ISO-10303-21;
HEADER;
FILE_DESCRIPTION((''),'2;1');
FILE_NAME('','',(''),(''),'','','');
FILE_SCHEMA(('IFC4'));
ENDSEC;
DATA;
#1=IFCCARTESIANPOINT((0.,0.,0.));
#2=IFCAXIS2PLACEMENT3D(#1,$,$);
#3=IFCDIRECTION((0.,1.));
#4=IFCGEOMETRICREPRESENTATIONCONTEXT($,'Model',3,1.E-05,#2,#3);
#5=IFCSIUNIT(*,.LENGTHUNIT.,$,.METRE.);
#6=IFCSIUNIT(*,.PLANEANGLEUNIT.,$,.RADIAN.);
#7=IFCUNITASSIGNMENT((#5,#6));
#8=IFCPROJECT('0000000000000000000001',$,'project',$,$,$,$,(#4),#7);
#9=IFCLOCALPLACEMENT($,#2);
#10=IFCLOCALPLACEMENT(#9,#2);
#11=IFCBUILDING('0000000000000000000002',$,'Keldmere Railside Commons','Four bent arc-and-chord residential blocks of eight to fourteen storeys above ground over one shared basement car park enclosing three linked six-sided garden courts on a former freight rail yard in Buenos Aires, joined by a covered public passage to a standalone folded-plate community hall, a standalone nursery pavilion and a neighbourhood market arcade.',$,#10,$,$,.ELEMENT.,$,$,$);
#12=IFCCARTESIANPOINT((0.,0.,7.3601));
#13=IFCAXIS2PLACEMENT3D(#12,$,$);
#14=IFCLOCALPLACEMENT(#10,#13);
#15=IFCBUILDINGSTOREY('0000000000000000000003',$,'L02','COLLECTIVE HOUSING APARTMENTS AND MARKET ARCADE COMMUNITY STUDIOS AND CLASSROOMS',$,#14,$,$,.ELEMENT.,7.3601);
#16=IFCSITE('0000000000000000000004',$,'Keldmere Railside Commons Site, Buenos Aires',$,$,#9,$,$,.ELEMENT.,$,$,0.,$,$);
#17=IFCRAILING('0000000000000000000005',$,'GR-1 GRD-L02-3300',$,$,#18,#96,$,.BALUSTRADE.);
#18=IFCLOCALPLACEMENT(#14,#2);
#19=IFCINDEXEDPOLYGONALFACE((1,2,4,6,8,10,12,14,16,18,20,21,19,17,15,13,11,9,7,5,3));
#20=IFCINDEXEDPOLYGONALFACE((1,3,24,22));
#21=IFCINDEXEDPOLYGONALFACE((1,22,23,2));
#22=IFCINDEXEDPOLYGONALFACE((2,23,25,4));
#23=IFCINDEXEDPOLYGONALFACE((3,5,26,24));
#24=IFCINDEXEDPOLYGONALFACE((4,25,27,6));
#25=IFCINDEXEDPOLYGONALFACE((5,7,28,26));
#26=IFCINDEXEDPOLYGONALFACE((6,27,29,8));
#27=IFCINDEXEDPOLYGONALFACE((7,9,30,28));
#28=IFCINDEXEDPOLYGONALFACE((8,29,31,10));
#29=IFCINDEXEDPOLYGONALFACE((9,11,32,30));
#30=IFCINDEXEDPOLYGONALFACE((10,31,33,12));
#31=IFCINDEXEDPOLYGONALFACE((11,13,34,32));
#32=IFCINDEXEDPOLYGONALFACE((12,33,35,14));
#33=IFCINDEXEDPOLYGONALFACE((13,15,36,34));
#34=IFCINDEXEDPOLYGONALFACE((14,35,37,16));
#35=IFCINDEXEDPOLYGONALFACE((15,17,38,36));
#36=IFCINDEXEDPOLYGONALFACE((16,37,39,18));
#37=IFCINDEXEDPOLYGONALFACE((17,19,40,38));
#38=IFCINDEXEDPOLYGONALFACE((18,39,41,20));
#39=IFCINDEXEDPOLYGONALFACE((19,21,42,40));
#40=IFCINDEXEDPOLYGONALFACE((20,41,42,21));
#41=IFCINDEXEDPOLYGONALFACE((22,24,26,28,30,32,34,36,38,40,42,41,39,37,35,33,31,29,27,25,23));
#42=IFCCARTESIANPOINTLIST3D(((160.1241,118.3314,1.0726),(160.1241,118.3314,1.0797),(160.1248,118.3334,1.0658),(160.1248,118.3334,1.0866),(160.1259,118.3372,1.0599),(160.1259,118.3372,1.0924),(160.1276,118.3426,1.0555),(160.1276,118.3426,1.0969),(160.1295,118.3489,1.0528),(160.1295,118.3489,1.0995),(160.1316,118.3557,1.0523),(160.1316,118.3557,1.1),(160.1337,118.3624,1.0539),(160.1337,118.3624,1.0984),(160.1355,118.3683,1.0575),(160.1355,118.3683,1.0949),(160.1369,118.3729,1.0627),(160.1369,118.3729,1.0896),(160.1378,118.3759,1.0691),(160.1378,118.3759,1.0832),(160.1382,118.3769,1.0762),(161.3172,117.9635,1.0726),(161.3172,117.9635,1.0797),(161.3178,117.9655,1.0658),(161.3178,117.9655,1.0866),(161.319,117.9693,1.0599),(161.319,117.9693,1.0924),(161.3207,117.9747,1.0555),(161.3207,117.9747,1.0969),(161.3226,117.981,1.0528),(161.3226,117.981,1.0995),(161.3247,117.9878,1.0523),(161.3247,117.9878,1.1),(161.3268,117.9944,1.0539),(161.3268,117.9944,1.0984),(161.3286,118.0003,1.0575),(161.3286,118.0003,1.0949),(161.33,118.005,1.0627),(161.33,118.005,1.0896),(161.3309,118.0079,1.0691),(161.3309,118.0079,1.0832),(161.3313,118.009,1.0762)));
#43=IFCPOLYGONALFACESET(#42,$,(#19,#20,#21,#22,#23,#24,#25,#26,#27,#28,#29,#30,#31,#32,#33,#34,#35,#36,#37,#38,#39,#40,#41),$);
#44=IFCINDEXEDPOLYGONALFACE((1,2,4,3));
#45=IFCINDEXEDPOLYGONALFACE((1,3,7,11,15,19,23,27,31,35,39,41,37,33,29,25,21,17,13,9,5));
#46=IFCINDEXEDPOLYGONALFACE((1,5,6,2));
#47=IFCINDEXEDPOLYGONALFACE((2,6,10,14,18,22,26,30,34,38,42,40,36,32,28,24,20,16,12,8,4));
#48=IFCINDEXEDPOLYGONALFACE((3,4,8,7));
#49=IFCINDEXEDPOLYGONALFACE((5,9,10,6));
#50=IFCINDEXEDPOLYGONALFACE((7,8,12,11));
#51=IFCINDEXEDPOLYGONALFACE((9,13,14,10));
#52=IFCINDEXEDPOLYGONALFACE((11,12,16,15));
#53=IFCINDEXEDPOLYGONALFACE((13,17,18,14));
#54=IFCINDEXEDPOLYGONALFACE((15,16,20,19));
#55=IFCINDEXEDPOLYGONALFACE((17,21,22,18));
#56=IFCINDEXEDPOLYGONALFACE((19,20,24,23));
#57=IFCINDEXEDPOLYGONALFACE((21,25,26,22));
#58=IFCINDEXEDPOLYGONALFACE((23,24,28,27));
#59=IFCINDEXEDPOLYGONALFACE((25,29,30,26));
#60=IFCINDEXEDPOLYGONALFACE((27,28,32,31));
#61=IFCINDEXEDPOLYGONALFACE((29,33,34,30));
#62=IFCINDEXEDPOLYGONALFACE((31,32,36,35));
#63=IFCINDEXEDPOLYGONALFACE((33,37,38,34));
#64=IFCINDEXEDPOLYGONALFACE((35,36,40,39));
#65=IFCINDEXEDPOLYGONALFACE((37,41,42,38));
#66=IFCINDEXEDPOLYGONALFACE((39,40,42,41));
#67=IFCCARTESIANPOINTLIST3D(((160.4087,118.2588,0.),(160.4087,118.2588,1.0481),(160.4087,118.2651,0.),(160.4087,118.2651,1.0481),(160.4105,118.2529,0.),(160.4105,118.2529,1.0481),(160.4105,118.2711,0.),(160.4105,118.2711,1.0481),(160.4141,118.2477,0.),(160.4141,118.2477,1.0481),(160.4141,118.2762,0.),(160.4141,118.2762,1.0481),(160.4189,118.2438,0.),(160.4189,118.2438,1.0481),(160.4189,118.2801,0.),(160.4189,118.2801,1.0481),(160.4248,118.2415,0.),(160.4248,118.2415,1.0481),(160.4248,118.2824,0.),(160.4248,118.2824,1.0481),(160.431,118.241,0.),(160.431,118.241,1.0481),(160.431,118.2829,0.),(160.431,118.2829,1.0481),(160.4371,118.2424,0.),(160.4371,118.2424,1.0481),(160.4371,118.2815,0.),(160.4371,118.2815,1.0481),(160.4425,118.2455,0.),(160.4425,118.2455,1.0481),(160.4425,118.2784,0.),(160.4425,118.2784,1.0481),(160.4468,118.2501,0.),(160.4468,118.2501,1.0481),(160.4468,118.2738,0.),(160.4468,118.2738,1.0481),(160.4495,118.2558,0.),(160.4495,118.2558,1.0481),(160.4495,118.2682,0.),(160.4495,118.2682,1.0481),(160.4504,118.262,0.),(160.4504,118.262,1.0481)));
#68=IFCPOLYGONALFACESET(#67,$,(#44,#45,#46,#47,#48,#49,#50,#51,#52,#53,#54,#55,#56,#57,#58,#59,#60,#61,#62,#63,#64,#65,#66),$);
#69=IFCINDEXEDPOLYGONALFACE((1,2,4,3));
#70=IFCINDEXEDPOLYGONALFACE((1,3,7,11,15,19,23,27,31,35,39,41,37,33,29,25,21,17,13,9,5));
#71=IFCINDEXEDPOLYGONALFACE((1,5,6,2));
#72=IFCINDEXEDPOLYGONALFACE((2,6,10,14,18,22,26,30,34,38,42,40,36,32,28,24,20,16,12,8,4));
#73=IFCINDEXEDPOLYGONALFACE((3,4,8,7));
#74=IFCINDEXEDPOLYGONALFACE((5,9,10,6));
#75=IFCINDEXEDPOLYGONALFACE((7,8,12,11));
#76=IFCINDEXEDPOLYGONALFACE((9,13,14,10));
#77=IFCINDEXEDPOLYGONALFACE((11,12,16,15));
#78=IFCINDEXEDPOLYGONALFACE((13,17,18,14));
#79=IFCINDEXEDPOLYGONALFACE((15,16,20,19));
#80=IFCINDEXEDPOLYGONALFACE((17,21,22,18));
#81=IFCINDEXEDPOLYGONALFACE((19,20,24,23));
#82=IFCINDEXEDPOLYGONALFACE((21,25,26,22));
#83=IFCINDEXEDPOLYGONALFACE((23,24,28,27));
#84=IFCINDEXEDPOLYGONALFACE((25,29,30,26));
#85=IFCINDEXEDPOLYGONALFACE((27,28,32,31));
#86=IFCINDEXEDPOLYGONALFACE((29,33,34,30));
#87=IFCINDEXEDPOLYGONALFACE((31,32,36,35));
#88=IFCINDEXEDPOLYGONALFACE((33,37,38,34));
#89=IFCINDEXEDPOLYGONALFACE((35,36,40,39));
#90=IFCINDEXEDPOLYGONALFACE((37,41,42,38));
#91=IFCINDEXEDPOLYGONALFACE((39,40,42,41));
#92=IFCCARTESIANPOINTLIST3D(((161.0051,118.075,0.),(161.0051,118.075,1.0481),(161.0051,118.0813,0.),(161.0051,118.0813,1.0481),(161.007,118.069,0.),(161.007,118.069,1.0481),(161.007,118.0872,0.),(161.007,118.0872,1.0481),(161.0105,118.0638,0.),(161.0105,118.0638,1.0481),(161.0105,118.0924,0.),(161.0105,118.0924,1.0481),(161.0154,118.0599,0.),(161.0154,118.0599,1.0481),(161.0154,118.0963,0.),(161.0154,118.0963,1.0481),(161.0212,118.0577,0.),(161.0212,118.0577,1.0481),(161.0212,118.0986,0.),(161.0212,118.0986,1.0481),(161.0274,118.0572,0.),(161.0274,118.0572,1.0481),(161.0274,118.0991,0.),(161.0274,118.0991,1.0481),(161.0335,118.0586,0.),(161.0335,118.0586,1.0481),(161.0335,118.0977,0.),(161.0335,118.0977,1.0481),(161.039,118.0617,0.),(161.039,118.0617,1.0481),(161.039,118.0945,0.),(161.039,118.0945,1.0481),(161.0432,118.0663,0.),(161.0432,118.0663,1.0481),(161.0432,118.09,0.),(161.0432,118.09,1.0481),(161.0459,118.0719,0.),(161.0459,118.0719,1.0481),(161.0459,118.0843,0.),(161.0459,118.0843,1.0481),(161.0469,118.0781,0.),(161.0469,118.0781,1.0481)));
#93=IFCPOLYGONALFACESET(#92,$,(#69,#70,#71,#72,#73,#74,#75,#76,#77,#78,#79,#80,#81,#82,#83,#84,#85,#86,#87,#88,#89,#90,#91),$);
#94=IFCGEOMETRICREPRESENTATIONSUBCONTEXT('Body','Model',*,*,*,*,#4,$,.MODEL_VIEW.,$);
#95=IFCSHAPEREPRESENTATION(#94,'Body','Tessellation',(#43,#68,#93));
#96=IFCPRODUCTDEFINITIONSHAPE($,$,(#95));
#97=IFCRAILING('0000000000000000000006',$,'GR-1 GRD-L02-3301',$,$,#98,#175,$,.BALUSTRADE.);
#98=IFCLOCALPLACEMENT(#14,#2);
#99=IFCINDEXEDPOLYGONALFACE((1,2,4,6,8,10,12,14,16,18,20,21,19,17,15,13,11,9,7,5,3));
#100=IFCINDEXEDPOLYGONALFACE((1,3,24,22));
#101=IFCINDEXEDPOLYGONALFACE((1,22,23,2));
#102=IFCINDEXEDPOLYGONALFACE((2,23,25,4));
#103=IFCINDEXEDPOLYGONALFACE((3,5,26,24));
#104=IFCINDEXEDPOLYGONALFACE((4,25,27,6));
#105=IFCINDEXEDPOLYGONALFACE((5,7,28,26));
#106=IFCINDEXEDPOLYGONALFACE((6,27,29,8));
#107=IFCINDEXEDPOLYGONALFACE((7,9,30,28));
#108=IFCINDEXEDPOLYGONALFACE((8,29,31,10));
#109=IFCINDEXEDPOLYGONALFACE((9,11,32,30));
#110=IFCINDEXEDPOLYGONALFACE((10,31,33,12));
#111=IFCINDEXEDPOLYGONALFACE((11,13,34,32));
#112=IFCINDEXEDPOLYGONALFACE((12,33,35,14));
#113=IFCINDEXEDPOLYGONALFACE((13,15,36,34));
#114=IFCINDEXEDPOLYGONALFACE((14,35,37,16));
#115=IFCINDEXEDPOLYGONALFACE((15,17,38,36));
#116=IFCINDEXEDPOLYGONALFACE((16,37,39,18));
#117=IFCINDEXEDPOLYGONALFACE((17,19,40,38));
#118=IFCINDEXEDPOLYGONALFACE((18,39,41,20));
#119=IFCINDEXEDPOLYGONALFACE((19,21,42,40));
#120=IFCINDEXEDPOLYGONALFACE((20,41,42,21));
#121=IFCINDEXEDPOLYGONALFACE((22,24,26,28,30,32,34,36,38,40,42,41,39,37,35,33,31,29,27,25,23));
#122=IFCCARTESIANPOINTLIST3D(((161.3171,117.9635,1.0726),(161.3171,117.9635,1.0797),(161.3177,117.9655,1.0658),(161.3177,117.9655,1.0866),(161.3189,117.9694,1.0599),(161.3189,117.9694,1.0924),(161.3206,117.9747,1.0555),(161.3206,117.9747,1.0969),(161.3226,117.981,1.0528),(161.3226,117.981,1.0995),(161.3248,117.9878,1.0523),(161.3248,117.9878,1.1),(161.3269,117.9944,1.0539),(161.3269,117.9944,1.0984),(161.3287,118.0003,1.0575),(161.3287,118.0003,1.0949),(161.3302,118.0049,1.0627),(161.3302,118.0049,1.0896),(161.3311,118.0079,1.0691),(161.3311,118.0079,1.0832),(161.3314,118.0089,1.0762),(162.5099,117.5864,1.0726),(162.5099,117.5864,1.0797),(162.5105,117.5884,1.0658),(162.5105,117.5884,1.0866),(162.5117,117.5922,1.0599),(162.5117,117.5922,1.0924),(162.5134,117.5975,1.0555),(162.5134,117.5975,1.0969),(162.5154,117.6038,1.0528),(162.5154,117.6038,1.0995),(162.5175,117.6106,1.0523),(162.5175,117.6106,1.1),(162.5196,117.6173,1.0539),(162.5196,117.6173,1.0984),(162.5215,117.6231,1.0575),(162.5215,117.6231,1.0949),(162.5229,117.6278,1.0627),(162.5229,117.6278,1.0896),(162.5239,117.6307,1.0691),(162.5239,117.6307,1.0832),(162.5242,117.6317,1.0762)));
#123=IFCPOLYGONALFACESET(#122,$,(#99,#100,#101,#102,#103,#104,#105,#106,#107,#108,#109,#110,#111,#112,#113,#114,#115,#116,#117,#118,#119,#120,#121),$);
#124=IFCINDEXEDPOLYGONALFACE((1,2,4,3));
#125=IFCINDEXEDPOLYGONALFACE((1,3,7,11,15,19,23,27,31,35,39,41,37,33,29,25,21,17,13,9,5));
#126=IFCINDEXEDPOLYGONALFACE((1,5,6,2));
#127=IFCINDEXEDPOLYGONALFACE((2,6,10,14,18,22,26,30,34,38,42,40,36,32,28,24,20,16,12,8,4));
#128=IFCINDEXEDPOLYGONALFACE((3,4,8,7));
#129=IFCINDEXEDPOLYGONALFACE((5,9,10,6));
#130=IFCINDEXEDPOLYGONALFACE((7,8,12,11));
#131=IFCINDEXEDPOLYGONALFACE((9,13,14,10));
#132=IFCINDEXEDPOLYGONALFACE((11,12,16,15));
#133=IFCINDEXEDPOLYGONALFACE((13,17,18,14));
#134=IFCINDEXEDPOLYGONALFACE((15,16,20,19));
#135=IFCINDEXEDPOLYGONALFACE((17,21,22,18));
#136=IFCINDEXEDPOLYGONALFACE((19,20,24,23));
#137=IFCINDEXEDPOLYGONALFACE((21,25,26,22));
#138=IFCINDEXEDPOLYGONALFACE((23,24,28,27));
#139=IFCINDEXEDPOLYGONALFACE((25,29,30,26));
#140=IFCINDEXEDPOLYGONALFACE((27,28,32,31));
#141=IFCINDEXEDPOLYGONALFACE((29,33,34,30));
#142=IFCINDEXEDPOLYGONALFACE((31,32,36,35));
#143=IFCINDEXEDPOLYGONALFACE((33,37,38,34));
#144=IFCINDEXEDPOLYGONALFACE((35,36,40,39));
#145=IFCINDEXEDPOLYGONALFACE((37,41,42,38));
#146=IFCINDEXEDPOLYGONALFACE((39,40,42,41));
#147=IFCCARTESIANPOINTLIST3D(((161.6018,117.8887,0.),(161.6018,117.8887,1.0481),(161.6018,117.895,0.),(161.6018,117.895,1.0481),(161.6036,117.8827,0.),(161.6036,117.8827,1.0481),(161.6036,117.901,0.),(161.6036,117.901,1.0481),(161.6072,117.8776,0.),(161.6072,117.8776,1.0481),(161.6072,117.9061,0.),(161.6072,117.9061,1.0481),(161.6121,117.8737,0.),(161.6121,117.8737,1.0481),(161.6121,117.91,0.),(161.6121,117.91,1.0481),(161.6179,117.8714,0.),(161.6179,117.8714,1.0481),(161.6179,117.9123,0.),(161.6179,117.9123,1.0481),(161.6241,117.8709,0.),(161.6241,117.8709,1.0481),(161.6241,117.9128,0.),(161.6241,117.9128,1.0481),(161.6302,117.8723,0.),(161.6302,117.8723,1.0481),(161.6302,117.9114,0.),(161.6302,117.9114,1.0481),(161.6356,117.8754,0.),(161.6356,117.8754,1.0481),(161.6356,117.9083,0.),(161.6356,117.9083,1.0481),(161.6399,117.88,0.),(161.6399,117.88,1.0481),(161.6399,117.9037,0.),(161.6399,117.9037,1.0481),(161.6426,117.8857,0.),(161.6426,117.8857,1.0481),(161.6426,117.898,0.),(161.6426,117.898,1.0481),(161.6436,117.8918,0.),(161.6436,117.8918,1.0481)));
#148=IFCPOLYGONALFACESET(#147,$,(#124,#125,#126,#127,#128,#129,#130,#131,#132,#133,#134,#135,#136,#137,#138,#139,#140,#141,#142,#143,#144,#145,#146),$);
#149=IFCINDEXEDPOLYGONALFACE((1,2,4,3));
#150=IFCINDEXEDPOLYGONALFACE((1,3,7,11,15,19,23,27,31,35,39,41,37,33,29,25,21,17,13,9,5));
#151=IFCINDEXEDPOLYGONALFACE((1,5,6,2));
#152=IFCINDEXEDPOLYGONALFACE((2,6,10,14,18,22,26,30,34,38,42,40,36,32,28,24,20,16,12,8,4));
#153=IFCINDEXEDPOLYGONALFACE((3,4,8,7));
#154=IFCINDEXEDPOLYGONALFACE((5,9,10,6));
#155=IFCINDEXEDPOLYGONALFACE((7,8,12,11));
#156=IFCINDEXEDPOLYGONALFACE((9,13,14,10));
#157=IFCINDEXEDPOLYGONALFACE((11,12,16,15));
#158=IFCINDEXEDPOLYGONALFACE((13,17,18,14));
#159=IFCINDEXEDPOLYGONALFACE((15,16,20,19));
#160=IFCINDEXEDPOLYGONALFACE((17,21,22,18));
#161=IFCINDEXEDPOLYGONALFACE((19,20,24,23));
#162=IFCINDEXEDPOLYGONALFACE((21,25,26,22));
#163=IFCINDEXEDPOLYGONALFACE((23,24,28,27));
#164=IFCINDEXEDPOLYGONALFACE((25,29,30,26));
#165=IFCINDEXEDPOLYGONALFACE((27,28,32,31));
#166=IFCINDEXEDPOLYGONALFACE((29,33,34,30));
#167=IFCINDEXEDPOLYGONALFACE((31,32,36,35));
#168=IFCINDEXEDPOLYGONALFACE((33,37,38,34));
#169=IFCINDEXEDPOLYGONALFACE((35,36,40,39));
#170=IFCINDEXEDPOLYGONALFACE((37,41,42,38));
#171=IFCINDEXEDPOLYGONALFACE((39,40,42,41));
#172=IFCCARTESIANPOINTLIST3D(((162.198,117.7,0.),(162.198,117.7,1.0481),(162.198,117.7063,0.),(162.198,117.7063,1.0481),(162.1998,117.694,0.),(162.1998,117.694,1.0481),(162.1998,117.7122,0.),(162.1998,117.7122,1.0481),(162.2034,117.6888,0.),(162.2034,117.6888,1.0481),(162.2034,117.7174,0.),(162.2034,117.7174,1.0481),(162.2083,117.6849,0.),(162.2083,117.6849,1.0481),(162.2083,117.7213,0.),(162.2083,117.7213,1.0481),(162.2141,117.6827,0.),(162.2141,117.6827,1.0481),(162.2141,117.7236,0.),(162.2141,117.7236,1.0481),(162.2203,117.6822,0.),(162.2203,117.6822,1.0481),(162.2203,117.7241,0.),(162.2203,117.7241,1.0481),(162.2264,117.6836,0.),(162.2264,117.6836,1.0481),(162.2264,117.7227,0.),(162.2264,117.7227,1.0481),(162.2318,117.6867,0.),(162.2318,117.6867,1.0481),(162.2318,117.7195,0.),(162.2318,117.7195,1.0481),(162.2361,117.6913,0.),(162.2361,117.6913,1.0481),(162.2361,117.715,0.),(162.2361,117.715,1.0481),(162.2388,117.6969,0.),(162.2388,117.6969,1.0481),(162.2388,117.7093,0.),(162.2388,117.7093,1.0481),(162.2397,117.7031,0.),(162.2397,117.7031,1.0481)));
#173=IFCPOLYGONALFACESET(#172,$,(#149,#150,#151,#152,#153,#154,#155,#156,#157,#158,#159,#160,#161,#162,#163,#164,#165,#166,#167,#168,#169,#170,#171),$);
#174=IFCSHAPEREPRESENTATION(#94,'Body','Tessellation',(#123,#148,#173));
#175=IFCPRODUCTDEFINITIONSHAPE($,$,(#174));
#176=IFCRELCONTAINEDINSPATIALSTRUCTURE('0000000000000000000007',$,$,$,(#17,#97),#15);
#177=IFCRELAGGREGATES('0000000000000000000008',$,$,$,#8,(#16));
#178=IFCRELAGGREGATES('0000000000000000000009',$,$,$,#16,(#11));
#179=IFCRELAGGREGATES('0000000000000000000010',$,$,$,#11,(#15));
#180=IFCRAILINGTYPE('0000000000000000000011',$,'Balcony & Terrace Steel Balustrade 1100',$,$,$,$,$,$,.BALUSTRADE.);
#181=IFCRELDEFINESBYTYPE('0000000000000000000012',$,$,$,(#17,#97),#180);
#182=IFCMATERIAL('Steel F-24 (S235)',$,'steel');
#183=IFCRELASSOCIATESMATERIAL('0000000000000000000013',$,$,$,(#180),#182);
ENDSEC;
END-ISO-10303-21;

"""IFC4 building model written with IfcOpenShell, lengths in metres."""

from ifc_helpers import new_model, si_unit, direction, frame, origin, origin_2d, place, context, subcontext, project, spatial, circle, extrude, material, type_object, element, save


model = new_model("IFC4")

# Units and contexts
model_context = context("Model", 3, precision=1e-05, world=origin(), true_north=direction((0.0, 1.0)))
body_context = subcontext(model_context, "Body", "Model", "MODEL_VIEW")
ifc_project = project(units=[si_unit("LENGTHUNIT", "METRE"), si_unit("PLANEANGLEUNIT", "RADIAN")], contexts=[model_context])

# Site, building, storey
site_placement = place(None, origin())
site = spatial("IfcSite", under=ifc_project, at=site_placement, Name="Keldmere Railside Commons Site, Buenos Aires", CompositionType="ELEMENT", RefElevation=0.0)
building_placement = place(site_placement, origin())
building = spatial("IfcBuilding", under=site, at=building_placement, Name="Keldmere Railside Commons", Description="Four bent arc-and-chord residential blocks of eight to fourteen storeys above ground over one shared basement car park enclosing three linked six-sided garden courts on a former freight rail yard in Buenos Aires, joined by a covered public passage to a standalone folded-plate community hall, a standalone nursery pavilion and a neighbourhood market arcade.", CompositionType="ELEMENT")
storey_placement = place(building_placement, frame((0.0, 0.0, 7.3601)))
storey = spatial("IfcBuildingStorey", under=building, at=storey_placement, Name="L02", Description="COLLECTIVE HOUSING APARTMENTS AND MARKET ARCADE COMMUNITY STUDIOS AND CLASSROOMS", CompositionType="ELEMENT", Elevation=7.3601)

# Railings
ifc_material_1 = material(Name="Steel F-24 (S235)", Category="steel")
railing_type = type_object("IfcRailingType", Name="Balcony & Terrace Steel Balustrade 1100", PredefinedType="BALUSTRADE", material=ifc_material_1)
railing_1_placement = place(storey_placement, frame((160.1311, 118.354, 0.0)))
element("IfcRailing", 1, at=railing_1_placement, inside=storey, type_object=railing_type, Name="GR-1 GRD-L02-3300", PredefinedType="BALUSTRADE", context=body_context, shape_type="SweptSolid", body=[
    extrude(circle(Radius=0.0239, at=origin_2d()), frame((0.0, 0.0, 1.0762), z_axis=(0.955597, -0.294677, 0.0), x_axis=(0.294677, 0.955597, 0.0)), (0.0, 0.0, 1.0), 1.2485),
    extrude(circle(Radius=0.021, at=origin_2d()), frame((0.2983, -0.092, 0.0)), (0.0, 0.0, 1.0), 1.0481),
    extrude(circle(Radius=0.021, at=origin_2d()), frame((0.8948, -0.2759, 0.0)), (0.0, 0.0, 1.0), 1.0481),
])
railing_2_placement = place(storey_placement, frame((161.3242, 117.9861, 0.0)))
element("IfcRailing", 2, at=railing_2_placement, inside=storey, type_object=railing_type, Name="GR-1 GRD-L02-3301", PredefinedType="BALUSTRADE", context=body_context, shape_type="SweptSolid", body=[
    extrude(circle(Radius=0.0239, at=origin_2d()), frame((0.0, 0.0, 1.0762), z_axis=(0.953468, -0.301496, 0.0), x_axis=(0.301496, 0.953468, 0.0)), (0.0, 0.0, 1.0), 1.251),
    extrude(circle(Radius=0.021, at=origin_2d()), frame((0.2983, -0.0942, 0.0)), (0.0, 0.0, 1.0), 1.0481),
    extrude(circle(Radius=0.021, at=origin_2d()), frame((0.8945, -0.283, 0.0)), (0.0, 0.0, 1.0), 1.0481),
])

save(model, "model.ifc")
